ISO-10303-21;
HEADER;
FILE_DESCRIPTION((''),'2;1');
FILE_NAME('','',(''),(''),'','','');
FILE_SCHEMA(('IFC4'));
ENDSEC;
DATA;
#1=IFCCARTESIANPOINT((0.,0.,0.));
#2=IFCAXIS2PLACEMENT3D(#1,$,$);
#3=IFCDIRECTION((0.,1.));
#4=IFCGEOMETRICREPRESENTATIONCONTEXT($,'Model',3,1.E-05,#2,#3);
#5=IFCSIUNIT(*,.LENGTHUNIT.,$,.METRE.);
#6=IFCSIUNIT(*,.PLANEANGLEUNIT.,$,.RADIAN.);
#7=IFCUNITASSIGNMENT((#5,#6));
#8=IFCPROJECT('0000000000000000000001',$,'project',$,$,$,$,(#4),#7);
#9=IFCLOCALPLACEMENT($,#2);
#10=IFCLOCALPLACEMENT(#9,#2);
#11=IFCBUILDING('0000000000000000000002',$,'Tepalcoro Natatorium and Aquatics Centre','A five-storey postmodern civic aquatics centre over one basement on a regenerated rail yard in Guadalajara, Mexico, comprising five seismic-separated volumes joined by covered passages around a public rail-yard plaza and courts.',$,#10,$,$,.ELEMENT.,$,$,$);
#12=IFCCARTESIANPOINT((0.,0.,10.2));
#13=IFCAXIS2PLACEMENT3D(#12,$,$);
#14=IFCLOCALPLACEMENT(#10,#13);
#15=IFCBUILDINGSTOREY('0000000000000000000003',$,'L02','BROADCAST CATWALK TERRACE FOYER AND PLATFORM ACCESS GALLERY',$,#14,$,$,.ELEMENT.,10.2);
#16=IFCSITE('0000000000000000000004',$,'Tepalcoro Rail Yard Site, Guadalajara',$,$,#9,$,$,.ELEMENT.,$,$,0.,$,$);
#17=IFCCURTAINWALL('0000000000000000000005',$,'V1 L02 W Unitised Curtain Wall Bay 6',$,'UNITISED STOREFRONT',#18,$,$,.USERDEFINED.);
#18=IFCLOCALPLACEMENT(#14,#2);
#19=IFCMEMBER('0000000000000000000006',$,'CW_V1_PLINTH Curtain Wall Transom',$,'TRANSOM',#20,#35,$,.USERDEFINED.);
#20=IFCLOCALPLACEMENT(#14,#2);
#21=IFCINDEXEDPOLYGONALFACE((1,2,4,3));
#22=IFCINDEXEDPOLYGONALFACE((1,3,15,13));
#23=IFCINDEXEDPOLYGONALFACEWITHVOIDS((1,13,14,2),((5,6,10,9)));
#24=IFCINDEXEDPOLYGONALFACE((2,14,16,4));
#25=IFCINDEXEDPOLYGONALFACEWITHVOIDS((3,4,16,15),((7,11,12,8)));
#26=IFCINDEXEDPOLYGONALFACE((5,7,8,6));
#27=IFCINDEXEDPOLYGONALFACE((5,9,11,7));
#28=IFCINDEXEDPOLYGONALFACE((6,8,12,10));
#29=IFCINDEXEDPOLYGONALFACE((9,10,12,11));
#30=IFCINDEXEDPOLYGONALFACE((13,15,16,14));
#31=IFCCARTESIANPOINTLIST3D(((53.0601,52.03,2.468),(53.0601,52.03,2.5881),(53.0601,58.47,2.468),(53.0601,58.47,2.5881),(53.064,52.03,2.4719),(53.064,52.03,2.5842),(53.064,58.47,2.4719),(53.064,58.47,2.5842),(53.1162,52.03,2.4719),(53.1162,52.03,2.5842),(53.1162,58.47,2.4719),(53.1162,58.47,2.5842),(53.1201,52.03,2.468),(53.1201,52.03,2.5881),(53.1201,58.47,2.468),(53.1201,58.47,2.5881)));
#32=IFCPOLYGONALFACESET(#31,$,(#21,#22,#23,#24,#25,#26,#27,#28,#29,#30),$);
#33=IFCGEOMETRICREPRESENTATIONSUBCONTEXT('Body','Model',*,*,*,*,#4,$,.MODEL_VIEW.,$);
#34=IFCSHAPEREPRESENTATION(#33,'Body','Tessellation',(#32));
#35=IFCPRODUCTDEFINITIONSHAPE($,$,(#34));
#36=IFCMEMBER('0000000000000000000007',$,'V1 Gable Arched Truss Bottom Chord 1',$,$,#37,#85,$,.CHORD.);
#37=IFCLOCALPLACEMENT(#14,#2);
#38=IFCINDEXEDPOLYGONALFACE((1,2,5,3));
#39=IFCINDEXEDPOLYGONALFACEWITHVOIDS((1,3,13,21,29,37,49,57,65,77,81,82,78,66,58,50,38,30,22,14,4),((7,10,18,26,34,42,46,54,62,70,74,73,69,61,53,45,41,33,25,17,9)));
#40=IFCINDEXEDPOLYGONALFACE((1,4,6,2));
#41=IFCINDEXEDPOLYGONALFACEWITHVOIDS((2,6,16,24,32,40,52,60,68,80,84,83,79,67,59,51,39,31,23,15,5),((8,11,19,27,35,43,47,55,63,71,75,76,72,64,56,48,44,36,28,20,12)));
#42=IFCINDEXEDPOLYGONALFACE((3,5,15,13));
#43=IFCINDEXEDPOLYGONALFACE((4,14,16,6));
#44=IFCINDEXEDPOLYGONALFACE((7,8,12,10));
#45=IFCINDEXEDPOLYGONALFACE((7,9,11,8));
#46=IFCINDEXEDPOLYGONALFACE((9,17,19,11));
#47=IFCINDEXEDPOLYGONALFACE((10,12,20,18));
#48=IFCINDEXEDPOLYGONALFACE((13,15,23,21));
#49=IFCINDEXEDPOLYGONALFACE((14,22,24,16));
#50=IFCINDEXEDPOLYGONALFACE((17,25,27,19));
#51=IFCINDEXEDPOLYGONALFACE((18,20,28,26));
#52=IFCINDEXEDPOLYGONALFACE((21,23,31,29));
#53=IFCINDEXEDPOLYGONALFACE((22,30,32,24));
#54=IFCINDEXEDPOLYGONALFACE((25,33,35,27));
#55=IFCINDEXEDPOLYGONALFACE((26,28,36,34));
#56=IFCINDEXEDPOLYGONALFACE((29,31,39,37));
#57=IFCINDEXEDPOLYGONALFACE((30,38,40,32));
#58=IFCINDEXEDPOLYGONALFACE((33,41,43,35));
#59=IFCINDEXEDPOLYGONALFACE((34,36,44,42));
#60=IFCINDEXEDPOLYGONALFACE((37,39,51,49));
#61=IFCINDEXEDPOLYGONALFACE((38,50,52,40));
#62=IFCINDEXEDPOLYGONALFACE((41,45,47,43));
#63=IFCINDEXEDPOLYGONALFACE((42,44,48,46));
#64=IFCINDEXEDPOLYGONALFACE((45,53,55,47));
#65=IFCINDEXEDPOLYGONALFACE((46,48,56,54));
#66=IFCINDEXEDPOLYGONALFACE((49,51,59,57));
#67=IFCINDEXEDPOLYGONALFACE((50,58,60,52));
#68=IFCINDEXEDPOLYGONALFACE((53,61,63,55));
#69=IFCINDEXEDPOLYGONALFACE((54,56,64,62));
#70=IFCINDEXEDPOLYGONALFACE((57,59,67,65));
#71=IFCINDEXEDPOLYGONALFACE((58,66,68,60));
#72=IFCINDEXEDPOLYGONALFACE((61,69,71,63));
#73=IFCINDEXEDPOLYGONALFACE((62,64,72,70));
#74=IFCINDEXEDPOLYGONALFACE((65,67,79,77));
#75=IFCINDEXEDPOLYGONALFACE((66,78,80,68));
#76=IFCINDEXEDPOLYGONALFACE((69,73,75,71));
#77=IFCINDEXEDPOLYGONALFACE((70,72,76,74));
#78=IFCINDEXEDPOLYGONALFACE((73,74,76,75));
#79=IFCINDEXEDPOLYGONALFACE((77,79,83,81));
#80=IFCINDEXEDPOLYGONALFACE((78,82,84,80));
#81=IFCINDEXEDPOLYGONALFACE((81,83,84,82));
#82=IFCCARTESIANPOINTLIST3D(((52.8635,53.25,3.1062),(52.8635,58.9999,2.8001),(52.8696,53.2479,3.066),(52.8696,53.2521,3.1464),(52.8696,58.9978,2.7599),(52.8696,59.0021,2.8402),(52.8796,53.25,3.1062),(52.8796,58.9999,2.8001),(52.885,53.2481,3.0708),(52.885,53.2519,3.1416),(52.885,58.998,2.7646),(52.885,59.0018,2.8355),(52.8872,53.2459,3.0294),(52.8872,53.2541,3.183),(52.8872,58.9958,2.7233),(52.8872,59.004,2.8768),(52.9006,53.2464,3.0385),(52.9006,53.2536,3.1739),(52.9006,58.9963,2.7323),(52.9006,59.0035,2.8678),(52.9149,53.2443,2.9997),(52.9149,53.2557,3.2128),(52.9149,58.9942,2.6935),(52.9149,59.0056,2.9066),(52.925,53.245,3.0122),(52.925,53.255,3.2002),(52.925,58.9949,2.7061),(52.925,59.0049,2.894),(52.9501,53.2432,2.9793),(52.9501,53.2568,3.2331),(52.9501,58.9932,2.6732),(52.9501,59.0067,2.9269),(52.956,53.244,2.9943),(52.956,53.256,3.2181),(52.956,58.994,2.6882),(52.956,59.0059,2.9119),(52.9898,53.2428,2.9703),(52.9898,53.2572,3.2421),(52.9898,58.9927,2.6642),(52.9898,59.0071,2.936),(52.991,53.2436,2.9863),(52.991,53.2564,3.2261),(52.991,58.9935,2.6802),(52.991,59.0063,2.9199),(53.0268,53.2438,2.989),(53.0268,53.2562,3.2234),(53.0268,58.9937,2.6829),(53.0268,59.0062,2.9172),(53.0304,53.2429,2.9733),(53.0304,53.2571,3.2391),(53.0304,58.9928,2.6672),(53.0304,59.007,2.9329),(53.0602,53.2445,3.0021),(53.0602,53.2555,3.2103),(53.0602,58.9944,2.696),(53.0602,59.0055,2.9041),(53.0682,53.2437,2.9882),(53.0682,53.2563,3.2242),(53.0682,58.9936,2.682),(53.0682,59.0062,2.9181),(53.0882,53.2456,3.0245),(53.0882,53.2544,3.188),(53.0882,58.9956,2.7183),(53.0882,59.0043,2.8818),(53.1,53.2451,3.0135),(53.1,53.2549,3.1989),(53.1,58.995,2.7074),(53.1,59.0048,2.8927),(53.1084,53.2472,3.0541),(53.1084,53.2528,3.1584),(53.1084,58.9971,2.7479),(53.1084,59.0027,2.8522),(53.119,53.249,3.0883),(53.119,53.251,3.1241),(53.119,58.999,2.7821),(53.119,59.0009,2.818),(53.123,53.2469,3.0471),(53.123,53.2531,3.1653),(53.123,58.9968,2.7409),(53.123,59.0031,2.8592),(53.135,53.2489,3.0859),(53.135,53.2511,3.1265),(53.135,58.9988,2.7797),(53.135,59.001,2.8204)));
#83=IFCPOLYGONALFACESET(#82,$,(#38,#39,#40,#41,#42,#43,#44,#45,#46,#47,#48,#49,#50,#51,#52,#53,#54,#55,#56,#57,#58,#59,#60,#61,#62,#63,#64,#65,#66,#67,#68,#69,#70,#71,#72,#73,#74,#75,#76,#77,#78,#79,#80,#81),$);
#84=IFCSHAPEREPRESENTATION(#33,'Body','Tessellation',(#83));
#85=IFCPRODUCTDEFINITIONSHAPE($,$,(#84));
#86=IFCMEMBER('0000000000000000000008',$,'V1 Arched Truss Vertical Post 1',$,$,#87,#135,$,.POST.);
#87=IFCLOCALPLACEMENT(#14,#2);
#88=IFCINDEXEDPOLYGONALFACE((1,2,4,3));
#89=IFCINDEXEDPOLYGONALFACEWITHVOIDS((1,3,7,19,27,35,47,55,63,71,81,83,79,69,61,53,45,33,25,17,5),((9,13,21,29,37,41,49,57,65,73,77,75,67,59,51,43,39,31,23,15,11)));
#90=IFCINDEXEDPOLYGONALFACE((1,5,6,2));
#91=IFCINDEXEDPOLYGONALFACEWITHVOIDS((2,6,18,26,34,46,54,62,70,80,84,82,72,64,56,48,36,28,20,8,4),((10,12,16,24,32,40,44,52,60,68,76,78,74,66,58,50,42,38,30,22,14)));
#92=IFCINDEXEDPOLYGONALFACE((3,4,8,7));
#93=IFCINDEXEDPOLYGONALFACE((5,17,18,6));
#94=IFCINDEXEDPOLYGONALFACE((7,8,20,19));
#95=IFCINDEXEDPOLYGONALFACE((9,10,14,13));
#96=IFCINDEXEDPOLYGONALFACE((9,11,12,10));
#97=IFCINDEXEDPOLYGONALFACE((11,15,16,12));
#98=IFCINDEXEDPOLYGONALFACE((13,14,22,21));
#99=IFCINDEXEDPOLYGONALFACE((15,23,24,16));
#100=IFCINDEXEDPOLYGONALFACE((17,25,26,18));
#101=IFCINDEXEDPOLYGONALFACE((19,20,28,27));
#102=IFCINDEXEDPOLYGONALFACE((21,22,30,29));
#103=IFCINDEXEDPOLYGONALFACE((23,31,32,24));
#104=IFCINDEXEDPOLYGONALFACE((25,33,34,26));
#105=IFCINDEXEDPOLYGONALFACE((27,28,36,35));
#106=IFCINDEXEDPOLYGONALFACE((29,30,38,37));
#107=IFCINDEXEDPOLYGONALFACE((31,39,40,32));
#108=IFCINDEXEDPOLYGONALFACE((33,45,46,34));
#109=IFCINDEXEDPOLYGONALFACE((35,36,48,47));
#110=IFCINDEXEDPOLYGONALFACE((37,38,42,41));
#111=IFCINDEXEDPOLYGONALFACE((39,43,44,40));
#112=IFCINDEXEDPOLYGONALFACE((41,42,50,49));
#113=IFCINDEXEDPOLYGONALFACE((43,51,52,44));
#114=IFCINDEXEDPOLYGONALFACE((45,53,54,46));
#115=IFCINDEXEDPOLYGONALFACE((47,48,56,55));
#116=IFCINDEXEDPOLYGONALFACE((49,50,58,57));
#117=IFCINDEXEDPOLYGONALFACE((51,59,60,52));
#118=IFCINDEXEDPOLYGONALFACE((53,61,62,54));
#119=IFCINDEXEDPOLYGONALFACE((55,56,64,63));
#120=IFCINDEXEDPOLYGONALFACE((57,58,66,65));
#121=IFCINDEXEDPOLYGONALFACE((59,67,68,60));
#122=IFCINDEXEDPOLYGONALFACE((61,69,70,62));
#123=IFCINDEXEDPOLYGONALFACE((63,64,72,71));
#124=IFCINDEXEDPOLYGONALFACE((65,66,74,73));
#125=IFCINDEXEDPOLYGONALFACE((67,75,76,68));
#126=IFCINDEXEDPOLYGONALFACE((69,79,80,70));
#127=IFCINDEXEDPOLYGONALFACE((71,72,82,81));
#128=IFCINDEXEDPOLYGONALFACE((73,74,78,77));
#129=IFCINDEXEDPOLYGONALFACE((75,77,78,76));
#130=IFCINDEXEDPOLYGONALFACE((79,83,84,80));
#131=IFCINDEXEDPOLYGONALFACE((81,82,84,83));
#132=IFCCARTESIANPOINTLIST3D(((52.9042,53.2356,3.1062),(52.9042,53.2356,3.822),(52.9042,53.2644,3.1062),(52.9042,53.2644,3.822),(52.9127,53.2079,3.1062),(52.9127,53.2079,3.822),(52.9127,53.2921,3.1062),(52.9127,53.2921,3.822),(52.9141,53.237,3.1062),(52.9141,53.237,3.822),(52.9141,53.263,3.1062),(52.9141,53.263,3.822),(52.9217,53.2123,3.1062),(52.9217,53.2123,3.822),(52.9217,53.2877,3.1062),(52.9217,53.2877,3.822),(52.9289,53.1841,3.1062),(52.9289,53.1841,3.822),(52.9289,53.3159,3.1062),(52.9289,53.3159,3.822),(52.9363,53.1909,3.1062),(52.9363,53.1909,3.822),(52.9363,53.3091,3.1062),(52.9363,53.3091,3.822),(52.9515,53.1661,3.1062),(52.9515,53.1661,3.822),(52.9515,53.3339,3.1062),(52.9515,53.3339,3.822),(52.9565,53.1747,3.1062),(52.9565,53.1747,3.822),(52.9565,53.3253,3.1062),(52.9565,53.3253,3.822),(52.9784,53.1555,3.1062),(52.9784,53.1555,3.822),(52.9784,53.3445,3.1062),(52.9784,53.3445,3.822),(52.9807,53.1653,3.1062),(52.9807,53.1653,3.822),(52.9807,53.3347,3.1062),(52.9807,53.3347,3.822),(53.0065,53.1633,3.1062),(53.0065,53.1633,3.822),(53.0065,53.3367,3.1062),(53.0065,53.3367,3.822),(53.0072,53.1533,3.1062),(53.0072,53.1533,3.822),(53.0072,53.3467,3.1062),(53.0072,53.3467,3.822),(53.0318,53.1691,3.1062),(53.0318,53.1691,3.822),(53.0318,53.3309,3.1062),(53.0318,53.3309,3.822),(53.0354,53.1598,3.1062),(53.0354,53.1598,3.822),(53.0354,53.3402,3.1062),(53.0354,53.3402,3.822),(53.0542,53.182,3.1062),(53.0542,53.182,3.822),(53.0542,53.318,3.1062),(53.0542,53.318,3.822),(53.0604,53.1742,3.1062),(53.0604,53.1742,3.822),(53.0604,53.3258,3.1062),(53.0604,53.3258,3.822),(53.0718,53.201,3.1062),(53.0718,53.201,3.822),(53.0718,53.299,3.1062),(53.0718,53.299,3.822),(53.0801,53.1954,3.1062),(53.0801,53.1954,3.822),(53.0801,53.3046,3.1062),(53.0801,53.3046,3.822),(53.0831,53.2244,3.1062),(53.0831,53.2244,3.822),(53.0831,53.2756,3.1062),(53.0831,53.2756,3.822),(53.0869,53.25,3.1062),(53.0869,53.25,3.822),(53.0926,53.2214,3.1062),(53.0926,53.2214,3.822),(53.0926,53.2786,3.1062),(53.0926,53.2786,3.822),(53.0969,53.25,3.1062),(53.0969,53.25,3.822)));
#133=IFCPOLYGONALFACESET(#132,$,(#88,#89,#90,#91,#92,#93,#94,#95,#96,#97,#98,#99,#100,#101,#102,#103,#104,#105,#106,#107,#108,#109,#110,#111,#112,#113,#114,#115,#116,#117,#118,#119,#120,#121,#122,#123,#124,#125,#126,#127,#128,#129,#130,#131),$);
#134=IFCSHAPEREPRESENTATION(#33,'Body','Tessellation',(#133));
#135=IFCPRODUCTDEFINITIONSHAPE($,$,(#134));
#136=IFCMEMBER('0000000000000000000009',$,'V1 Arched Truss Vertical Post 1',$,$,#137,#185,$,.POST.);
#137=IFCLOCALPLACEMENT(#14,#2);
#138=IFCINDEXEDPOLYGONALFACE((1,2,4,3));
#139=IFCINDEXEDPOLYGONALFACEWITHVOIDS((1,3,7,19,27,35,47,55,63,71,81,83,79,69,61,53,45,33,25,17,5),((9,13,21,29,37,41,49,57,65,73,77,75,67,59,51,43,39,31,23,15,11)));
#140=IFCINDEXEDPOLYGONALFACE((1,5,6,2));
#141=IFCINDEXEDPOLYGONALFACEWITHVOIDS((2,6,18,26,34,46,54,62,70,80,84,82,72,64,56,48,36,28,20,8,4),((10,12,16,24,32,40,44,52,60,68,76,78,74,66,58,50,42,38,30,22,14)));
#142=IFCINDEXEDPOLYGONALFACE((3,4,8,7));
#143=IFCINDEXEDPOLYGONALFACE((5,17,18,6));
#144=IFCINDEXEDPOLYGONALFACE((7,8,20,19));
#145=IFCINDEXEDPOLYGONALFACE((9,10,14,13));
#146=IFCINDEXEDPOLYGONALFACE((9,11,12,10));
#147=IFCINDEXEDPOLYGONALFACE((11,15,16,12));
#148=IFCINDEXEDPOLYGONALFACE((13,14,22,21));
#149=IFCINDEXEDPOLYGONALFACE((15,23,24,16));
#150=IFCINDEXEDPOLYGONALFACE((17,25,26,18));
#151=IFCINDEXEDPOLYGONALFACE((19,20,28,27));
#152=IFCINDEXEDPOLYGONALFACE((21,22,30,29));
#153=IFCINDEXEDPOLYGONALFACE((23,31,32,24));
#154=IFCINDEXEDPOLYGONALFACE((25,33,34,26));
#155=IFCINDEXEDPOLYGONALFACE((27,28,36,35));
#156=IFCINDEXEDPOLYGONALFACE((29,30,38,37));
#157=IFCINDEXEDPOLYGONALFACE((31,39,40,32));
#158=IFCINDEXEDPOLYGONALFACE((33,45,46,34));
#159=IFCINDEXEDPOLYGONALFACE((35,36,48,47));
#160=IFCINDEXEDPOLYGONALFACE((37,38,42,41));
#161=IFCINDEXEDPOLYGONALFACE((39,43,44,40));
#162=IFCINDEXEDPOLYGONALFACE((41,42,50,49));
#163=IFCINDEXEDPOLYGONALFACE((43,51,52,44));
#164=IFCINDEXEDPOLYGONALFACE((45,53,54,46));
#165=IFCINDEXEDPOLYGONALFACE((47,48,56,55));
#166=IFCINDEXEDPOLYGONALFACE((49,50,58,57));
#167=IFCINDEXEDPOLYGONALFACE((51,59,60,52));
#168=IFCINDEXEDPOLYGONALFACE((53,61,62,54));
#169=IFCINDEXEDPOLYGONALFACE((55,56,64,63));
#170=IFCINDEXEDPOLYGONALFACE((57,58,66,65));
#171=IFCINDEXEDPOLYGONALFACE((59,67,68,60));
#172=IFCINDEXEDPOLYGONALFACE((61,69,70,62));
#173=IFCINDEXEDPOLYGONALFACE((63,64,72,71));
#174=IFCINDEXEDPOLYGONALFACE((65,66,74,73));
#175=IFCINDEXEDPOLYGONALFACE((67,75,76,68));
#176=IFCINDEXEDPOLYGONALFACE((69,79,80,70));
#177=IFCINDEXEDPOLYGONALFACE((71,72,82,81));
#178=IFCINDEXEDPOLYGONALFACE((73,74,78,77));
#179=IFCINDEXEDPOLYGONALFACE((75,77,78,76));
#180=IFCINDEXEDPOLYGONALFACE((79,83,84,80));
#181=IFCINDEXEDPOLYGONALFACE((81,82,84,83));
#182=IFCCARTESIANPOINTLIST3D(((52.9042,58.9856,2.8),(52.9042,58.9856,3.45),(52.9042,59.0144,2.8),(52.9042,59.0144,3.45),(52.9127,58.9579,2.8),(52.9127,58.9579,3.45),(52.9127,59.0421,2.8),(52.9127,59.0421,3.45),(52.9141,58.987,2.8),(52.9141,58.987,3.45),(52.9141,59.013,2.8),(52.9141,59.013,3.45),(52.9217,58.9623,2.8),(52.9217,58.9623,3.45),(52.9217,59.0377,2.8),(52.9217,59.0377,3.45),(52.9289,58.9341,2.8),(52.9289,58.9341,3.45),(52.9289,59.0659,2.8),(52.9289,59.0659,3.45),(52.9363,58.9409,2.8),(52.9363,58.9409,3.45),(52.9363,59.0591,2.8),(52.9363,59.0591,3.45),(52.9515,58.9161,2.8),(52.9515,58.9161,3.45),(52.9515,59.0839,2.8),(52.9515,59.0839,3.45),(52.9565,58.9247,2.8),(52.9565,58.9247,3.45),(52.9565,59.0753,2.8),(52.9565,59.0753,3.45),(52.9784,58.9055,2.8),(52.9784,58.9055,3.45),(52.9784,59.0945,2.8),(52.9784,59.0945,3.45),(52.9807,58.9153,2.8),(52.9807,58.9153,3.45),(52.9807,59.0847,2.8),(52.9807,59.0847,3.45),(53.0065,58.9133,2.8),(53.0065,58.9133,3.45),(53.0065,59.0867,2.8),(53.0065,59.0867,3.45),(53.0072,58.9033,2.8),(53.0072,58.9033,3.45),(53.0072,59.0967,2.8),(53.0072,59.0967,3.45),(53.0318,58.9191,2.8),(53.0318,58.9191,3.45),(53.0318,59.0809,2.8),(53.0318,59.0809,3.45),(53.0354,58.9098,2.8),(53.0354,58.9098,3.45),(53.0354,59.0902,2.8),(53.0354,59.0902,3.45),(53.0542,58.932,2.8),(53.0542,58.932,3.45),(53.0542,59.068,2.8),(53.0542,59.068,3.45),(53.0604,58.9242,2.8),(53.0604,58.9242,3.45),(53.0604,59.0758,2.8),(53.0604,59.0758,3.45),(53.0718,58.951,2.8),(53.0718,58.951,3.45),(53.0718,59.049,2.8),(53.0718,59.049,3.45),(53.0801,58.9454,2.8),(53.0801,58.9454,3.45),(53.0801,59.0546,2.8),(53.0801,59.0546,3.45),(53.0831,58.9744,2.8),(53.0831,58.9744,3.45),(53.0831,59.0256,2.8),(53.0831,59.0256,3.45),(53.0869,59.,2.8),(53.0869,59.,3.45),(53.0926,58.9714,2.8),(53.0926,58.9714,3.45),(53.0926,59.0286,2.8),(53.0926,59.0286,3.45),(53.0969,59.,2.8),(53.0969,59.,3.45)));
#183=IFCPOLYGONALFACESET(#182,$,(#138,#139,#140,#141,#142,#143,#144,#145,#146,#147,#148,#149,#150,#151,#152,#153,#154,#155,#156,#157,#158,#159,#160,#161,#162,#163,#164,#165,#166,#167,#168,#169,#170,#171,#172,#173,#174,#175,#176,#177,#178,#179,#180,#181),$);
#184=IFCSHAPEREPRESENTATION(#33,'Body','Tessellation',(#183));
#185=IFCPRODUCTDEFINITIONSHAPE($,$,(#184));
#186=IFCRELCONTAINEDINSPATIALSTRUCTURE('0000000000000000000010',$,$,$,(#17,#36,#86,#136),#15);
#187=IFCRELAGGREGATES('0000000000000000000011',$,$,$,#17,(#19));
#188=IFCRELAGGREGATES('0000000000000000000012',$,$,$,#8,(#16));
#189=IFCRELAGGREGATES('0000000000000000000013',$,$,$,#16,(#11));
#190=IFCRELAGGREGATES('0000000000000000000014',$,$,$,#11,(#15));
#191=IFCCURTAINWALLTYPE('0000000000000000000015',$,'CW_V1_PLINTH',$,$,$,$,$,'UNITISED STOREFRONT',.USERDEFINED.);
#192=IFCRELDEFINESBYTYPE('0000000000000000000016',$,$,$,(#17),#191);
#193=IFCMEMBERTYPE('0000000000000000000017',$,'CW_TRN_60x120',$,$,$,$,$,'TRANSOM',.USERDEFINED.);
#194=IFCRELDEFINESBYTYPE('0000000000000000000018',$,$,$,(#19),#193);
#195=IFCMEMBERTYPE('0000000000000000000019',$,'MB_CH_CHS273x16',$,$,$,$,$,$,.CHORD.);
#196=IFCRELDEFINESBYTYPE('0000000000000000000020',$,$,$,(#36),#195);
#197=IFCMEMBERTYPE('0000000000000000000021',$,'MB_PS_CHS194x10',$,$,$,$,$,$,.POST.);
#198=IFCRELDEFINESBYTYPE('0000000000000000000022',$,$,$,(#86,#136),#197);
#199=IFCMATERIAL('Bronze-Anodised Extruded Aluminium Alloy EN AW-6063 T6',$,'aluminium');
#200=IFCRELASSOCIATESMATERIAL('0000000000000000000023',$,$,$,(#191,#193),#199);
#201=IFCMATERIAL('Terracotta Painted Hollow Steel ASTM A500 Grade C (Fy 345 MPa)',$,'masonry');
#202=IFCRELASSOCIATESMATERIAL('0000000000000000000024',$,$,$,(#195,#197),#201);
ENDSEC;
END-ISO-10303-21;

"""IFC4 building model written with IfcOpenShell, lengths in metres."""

from ifc_helpers import new_model, si_unit, direction, frame, origin, origin_2d, place, context, subcontext, project, spatial, hollow_rectangle, hollow_circle, extrude, material, material_profile, profile_set, type_object, element, aggregate, save


model = new_model("IFC4")

# Units and contexts
model_context = context("Model", 3, precision=1e-05, world=origin(), true_north=direction((0.0, 1.0)))
body_context = subcontext(model_context, "Body", "Model", "MODEL_VIEW")
ifc_project = project(units=[si_unit("LENGTHUNIT", "METRE"), si_unit("PLANEANGLEUNIT", "RADIAN")], contexts=[model_context])

# Site, building, storey
site_placement = place(None, origin())
site = spatial("IfcSite", under=ifc_project, at=site_placement, Name="Tepalcoro Rail Yard Site, Guadalajara", CompositionType="ELEMENT", RefElevation=0.0)
building_placement = place(site_placement, origin())
building = spatial("IfcBuilding", under=site, at=building_placement, Name="Tepalcoro Natatorium and Aquatics Centre", Description="A five-storey postmodern civic aquatics centre over one basement on a regenerated rail yard in Guadalajara, Mexico, comprising five seismic-separated volumes joined by covered passages around a public rail-yard plaza and courts.", CompositionType="ELEMENT")
storey_placement = place(building_placement, frame((0.0, 0.0, 10.2)))
storey = spatial("IfcBuildingStorey", under=building, at=storey_placement, Name="L02", Description="BROADCAST CATWALK TERRACE FOYER AND PLATFORM ACCESS GALLERY", CompositionType="ELEMENT", Elevation=10.2)

# Shared definitions
ifc_material_1 = material(Name="Terracotta Painted Hollow Steel ASTM A500 Grade C (Fy 345 MPa)", Category="masonry")

# Curtain wall, member
ifc_material_2 = material(Name="Bronze-Anodised Extruded Aluminium Alloy EN AW-6063 T6", Category="aluminium")
curtain_wall_type = type_object("IfcCurtainWallType", Name="CW_V1_PLINTH", ElementType="UNITISED STOREFRONT", PredefinedType="USERDEFINED", material=ifc_material_2)
curtain_wall_placement = place(storey_placement, origin())
curtain_wall = element("IfcCurtainWall", 1, at=curtain_wall_placement, inside=storey, type_object=curtain_wall_type, Name="V1 L02 W Unitised Curtain Wall Bay 6", ObjectType="UNITISED STOREFRONT", PredefinedType="USERDEFINED")
ifc_material_profile_1 = material_profile(ifc_material_2, hollow_rectangle(XDim=0.0601, YDim=0.1201, WallThickness=0.0039, at=origin_2d()), Name="AL60X120X4")
ifc_profile_set_1 = profile_set([ifc_material_profile_1], Name="Bronze-Anodised Extruded Aluminium Alloy EN AW-6063 T6")
member_type_1 = type_object("IfcMemberType", Name="CW_TRN_60x120", ElementType="TRANSOM", PredefinedType="USERDEFINED", material=ifc_profile_set_1)
member_1_placement = place(storey_placement, frame((53.0901, 52.03, 2.5281), z_axis=(0.0, 1.0, 0.0), x_axis=(-1.0, 0.0, 0.0)))
member_1 = element("IfcMember", 2, at=member_1_placement, type_object=member_type_1, Name="CW_V1_PLINTH Curtain Wall Transom", ObjectType="TRANSOM", PredefinedType="USERDEFINED", context=body_context, shape_type="SweptSolid", body=[
    extrude(hollow_rectangle(XDim=0.0601, YDim=0.1201, WallThickness=0.0039, at=origin_2d()), origin(), (0.0, 0.0, 1.0), 6.4399),
])

# Members
ifc_material_profile_2 = material_profile(ifc_material_1, hollow_circle(Radius=0.1365, WallThickness=0.0161, at=origin_2d()), Name="CHS273X16")
ifc_profile_set_2 = profile_set([ifc_material_profile_2], Name="Terracotta Painted Hollow Steel ASTM A500 Grade C (Fy 345 MPa)")
member_type_2 = type_object("IfcMemberType", Name="MB_CH_CHS273x16", PredefinedType="CHORD", material=ifc_profile_set_2)
member_2_placement = place(storey_placement, frame((53.0, 53.25, 3.1062), z_axis=(0.0, 0.998586, -0.053169), x_axis=(-1.0, 0.0, 0.0)))
element("IfcMember", 3, at=member_2_placement, inside=storey, type_object=member_type_2, Name="V1 Gable Arched Truss Bottom Chord 1", PredefinedType="CHORD", context=body_context, shape_type="SweptSolid", body=[
    extrude(hollow_circle(Radius=0.1365, WallThickness=0.0161, at=origin_2d()), origin(), (0.0, 0.0, 1.0), 5.7581),
])
ifc_material_profile_3 = material_profile(ifc_material_1, hollow_circle(Radius=0.0969, WallThickness=0.01, at=origin_2d()), Name="CHS194X10")
ifc_profile_set_3 = profile_set([ifc_material_profile_3], Name="Terracotta Painted Hollow Steel ASTM A500 Grade C (Fy 345 MPa)")
member_type_3 = type_object("IfcMemberType", Name="MB_PS_CHS194x10", PredefinedType="POST", material=ifc_profile_set_3)
member_3_placement = place(storey_placement, frame((53.0, 53.25, 3.1062), z_axis=(0.0, 0.0, 1.0), x_axis=(1.0, 0.0, 0.0)))
element("IfcMember", 4, at=member_3_placement, inside=storey, type_object=member_type_3, Name="V1 Arched Truss Vertical Post 1", PredefinedType="POST", context=body_context, shape_type="SweptSolid", body=[
    extrude(hollow_circle(Radius=0.0969, WallThickness=0.01, at=origin_2d()), origin(), (0.0, 0.0, 1.0), 0.7158),
])
member_4_placement = place(storey_placement, frame((53.0, 59.0, 2.8), z_axis=(0.0, 0.0, 1.0), x_axis=(1.0, 0.0, 0.0)))
element("IfcMember", 5, at=member_4_placement, inside=storey, type_object=member_type_3, Name="V1 Arched Truss Vertical Post 1", PredefinedType="POST", context=body_context, shape_type="SweptSolid", body=[
    extrude(hollow_circle(Radius=0.0969, WallThickness=0.01, at=origin_2d()), origin(), (0.0, 0.0, 1.0), 0.6499),
])

aggregate(curtain_wall, [member_1])

save(model, "model.ifc")
